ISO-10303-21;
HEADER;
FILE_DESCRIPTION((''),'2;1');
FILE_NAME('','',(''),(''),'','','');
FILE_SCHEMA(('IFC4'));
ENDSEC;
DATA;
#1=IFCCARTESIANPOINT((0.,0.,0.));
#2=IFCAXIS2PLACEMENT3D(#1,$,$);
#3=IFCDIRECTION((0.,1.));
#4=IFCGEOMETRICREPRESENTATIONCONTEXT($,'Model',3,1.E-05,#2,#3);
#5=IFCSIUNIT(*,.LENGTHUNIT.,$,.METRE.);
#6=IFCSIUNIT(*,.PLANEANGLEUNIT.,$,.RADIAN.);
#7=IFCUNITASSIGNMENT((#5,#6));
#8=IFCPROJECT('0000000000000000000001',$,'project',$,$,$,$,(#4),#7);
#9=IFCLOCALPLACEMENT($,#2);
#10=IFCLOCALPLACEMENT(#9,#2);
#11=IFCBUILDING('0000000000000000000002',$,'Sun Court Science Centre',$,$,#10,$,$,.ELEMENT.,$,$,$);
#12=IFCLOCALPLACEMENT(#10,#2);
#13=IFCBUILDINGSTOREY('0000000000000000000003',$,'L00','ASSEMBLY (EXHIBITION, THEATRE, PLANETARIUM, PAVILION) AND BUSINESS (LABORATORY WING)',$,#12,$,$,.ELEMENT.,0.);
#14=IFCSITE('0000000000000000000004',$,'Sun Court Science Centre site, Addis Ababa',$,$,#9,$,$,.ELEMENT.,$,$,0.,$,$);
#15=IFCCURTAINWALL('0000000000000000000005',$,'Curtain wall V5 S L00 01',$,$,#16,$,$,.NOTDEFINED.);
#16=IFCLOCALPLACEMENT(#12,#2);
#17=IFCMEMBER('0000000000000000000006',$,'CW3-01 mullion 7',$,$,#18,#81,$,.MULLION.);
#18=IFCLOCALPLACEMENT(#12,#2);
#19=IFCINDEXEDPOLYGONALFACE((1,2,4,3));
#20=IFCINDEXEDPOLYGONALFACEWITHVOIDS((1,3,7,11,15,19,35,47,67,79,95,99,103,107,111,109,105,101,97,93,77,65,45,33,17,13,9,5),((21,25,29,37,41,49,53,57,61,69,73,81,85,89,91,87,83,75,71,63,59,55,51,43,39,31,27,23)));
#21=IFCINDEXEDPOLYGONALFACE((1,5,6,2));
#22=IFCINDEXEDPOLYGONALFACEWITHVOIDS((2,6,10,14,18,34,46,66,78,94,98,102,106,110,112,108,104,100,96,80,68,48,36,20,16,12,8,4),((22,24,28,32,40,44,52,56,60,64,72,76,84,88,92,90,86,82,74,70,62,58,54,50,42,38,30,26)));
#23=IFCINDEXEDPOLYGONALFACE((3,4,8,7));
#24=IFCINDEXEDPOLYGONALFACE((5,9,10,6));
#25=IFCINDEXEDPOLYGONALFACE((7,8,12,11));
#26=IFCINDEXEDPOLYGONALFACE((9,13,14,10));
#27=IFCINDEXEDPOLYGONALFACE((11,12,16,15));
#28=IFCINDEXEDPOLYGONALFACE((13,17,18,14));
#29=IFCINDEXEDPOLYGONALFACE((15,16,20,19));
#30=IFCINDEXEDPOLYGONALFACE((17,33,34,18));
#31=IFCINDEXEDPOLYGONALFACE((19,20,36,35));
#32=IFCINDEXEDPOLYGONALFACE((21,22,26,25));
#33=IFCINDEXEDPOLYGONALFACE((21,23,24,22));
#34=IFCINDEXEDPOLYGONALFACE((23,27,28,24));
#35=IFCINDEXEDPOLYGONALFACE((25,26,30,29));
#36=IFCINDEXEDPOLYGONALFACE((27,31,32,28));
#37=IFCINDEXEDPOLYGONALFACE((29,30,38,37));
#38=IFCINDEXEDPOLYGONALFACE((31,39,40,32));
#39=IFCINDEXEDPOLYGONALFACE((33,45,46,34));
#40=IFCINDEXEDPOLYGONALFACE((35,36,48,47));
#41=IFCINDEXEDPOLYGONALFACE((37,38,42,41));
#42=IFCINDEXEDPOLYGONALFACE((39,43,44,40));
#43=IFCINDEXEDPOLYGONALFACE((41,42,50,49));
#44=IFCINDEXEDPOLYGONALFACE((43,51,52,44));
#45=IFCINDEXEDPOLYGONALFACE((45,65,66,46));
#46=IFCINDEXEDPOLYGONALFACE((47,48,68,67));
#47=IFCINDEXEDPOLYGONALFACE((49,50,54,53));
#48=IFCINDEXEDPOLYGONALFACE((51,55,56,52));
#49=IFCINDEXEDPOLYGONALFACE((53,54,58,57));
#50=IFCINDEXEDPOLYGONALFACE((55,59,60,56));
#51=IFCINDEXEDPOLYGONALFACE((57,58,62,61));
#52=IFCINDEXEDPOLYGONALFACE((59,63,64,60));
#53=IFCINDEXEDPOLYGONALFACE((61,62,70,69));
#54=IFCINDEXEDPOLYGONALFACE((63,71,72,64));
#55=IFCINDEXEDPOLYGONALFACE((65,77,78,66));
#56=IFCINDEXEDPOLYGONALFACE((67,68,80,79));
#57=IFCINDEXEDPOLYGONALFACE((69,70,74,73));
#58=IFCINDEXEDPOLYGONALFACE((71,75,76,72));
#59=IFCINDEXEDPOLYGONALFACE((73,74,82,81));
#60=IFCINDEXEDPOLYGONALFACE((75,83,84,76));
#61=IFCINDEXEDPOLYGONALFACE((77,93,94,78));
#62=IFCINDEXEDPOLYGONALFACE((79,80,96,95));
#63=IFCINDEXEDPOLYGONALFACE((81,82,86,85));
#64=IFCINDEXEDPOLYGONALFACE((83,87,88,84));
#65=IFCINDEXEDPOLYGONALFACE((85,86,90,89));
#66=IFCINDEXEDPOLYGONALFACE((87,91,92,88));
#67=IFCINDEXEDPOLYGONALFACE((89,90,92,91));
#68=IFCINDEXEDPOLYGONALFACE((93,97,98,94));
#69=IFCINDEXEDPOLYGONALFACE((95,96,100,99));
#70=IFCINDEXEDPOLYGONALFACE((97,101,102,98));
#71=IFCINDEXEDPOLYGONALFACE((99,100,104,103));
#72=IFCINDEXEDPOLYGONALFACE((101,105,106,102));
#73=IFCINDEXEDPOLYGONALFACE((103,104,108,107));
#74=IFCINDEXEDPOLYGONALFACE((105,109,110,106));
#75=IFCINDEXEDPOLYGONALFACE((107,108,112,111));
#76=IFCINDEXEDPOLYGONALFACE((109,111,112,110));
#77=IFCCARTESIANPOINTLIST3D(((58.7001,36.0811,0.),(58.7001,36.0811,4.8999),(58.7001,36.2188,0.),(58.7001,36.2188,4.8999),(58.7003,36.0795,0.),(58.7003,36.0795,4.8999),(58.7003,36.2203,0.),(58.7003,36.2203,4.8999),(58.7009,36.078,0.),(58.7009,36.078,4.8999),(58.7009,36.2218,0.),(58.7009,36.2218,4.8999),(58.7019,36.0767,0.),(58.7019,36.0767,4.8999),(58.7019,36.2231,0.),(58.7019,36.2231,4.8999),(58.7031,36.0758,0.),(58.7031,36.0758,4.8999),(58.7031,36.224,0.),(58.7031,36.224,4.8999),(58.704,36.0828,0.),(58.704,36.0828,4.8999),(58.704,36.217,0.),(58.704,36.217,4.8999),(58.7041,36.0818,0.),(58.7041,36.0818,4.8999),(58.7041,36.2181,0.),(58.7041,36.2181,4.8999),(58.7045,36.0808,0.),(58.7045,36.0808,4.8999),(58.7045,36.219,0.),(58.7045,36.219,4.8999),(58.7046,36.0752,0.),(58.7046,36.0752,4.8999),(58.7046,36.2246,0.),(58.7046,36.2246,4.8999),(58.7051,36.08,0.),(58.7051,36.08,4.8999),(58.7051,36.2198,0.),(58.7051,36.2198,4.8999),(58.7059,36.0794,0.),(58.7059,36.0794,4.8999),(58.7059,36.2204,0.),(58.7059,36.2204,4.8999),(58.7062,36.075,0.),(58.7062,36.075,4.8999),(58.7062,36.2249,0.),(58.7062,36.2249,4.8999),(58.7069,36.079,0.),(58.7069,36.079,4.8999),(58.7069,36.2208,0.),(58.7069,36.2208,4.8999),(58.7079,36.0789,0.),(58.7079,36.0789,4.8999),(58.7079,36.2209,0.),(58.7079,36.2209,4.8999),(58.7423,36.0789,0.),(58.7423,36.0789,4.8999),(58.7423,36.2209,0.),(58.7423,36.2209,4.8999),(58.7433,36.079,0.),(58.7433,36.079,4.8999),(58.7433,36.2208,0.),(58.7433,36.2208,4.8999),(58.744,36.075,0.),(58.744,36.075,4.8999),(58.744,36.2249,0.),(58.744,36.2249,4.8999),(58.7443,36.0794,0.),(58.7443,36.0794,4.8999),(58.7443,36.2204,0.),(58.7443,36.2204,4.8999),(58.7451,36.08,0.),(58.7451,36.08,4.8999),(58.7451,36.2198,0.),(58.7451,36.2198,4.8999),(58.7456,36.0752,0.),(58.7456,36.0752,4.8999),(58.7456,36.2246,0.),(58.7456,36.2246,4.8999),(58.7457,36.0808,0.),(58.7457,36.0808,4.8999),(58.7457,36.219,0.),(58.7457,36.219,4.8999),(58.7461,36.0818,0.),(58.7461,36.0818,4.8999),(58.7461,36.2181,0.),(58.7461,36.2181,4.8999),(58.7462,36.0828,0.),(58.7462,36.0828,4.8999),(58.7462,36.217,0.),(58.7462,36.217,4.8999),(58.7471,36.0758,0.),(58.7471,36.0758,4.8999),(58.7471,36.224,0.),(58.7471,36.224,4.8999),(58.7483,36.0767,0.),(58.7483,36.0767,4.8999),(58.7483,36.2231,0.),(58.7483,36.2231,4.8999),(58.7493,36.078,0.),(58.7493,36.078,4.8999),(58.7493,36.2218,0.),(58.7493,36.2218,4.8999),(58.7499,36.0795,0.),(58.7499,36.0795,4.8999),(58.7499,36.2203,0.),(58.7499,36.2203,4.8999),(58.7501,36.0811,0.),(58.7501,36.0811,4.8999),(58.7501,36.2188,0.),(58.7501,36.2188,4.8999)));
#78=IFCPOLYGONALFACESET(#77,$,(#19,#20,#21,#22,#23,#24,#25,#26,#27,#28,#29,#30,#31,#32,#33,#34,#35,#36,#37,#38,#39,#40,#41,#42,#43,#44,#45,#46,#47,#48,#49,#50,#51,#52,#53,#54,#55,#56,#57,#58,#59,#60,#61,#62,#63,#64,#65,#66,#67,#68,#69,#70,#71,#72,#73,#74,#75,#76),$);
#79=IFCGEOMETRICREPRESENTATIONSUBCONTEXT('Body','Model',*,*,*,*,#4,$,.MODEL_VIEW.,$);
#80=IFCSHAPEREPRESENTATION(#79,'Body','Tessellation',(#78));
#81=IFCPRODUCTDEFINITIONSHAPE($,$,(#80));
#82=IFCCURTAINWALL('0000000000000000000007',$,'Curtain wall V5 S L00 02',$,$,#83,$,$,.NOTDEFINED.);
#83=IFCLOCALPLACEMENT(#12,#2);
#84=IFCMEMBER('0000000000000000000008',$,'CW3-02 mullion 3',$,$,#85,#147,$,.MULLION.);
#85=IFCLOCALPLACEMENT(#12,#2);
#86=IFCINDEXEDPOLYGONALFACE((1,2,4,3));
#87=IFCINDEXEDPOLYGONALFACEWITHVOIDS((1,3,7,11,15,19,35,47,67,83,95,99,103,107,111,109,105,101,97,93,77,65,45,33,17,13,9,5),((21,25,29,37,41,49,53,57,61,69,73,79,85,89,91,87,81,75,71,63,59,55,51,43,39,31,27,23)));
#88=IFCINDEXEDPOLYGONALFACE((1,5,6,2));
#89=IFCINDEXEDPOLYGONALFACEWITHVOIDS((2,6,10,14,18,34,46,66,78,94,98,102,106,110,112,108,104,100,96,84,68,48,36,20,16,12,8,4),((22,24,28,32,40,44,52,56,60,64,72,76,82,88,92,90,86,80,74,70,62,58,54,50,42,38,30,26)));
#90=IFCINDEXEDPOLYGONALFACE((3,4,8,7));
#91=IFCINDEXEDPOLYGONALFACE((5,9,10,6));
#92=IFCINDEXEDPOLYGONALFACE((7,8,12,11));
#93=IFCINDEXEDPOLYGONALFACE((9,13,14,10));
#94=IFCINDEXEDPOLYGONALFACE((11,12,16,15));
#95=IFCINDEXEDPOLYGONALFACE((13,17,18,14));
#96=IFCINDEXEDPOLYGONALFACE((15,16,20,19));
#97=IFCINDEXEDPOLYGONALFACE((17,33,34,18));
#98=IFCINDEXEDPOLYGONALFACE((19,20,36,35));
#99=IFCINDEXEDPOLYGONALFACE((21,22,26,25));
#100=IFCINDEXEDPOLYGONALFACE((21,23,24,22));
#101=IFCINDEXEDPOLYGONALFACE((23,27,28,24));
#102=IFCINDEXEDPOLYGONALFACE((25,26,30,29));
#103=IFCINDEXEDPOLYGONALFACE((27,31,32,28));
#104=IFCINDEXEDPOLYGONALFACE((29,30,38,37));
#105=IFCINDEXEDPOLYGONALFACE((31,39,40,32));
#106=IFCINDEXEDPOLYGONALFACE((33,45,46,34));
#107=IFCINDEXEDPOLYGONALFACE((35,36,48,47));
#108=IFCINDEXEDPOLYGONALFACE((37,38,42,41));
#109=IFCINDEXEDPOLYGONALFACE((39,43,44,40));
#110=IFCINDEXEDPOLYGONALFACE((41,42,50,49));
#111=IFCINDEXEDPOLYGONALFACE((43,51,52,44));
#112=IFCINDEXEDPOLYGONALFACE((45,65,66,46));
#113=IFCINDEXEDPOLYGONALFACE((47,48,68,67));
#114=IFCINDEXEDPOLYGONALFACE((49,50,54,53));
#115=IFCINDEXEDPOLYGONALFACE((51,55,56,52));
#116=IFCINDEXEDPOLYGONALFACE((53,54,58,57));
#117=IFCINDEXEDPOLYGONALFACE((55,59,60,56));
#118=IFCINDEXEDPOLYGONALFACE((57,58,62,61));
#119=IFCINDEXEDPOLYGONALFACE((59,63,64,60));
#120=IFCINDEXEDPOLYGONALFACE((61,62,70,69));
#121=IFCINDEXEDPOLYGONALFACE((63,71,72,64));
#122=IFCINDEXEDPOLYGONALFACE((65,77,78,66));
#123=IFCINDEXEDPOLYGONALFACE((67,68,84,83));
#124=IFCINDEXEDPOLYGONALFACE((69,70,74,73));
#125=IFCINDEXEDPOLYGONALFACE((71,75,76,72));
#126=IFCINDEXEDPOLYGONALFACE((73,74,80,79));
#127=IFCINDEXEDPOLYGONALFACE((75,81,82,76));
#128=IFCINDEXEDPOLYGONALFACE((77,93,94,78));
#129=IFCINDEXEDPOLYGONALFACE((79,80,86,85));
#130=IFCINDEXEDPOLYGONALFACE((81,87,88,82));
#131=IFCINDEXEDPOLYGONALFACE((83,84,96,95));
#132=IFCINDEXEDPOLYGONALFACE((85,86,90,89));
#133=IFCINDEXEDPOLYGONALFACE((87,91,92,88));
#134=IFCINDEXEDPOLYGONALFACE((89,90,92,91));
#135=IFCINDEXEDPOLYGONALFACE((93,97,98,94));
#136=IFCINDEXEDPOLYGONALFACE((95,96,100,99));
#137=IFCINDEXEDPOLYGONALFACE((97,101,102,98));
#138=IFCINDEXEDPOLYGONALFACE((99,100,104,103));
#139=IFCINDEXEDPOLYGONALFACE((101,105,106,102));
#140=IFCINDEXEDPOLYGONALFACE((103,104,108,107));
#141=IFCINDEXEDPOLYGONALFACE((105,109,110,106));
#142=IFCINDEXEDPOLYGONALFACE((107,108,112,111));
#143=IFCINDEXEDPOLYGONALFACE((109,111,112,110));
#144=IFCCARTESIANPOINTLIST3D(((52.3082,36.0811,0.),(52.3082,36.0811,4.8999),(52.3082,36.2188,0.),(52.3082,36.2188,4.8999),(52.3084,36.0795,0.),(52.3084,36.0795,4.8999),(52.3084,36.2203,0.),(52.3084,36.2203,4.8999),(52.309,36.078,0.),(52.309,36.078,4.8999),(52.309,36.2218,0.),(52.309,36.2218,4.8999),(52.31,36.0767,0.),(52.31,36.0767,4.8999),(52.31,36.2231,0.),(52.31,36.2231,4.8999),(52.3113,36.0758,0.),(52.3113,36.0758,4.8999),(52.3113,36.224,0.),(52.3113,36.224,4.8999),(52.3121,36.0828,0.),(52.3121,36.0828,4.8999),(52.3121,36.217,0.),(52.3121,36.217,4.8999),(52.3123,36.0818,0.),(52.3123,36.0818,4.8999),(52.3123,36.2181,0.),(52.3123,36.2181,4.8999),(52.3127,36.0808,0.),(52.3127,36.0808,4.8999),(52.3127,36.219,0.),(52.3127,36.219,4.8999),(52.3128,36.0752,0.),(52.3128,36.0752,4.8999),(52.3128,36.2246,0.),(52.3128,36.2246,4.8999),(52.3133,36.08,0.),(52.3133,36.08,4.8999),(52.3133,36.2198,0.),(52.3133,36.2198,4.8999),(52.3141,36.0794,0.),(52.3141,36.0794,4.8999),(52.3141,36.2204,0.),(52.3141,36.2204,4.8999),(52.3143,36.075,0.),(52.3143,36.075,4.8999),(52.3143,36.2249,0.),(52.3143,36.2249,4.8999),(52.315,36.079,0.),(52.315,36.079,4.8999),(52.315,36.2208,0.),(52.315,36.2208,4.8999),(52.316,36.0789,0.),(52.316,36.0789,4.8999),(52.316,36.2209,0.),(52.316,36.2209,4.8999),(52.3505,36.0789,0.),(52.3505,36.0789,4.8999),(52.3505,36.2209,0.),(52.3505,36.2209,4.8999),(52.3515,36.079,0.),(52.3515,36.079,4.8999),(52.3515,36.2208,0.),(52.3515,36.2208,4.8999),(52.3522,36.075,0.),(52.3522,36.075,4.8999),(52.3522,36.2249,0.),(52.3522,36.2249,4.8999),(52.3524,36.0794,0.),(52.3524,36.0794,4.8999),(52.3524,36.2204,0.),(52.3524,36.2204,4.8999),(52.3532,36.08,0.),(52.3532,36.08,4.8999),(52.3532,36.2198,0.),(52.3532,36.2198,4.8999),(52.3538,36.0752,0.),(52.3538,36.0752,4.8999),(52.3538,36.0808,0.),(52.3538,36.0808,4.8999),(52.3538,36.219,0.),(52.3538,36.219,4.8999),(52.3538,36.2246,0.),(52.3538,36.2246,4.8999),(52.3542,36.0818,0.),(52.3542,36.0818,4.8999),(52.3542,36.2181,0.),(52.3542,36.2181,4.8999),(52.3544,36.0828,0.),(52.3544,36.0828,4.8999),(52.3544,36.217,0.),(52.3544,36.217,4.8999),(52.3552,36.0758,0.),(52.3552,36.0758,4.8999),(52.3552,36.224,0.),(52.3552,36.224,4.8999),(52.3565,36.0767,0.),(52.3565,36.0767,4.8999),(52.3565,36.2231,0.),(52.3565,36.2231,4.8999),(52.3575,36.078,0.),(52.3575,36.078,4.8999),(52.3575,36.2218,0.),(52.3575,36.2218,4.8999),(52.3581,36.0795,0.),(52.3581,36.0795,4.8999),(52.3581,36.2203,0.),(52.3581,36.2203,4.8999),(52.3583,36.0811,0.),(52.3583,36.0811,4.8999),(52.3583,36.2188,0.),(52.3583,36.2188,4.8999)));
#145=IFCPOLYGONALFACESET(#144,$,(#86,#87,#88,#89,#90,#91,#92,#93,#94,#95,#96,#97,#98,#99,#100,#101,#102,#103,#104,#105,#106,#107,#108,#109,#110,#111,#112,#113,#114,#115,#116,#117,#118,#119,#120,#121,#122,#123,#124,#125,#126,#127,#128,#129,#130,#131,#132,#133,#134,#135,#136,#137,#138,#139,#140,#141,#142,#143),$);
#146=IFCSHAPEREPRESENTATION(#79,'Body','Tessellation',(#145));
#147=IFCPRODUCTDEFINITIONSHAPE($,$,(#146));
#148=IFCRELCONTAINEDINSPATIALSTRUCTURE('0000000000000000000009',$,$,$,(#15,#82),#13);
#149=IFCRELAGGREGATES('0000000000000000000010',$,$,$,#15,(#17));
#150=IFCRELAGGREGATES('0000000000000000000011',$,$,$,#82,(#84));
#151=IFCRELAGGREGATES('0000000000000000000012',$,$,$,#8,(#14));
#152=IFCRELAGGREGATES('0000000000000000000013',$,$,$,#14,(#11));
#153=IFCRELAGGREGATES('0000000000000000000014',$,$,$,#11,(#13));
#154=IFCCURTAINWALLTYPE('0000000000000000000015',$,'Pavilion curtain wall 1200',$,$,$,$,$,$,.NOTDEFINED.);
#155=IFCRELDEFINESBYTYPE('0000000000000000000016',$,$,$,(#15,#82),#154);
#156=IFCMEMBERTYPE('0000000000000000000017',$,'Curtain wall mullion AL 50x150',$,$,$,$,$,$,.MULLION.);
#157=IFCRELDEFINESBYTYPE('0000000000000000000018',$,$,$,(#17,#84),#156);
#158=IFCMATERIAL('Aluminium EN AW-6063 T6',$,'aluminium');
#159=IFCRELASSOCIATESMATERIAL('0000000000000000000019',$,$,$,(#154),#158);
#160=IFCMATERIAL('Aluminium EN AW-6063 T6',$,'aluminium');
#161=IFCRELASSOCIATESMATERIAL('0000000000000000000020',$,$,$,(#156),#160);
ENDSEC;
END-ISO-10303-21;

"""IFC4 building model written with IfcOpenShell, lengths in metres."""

from ifc_helpers import new_model, si_unit, direction, frame, origin, origin_2d, place, context, subcontext, project, spatial, hollow_rectangle, extrude, material, material_profile, profile_set, type_object, element, aggregate, save


model = new_model("IFC4")

# Units and contexts
model_context = context("Model", 3, precision=1e-05, world=origin(), true_north=direction((0.0, 1.0)))
body_context = subcontext(model_context, "Body", "Model", "MODEL_VIEW")
ifc_project = project(units=[si_unit("LENGTHUNIT", "METRE"), si_unit("PLANEANGLEUNIT", "RADIAN")], contexts=[model_context])

# Site, building, storey
site_placement = place(None, origin())
site = spatial("IfcSite", under=ifc_project, at=site_placement, Name="Sun Court Science Centre site, Addis Ababa", CompositionType="ELEMENT", RefElevation=0.0)
building_placement = place(site_placement, origin())
building = spatial("IfcBuilding", under=site, at=building_placement, Name="Sun Court Science Centre", CompositionType="ELEMENT")
storey_placement = place(building_placement, origin())
storey = spatial("IfcBuildingStorey", under=building, at=storey_placement, Name="L00", Description="ASSEMBLY (EXHIBITION, THEATRE, PLANETARIUM, PAVILION) AND BUSINESS (LABORATORY WING)", CompositionType="ELEMENT", Elevation=0.0)

# Curtain wall, member
ifc_material_1 = material(Name="Aluminium EN AW-6063 T6", Category="aluminium")
curtain_wall_type = type_object("IfcCurtainWallType", Name="Pavilion curtain wall 1200", PredefinedType="NOTDEFINED", material=ifc_material_1)
curtain_wall_1_placement = place(storey_placement, origin())
curtain_wall_1 = element("IfcCurtainWall", 1, at=curtain_wall_1_placement, inside=storey, type_object=curtain_wall_type, Name="Curtain wall V5 S L00 01", PredefinedType="NOTDEFINED")
ifc_material_2 = material(Name="Aluminium EN AW-6063 T6", Category="aluminium")
ifc_material_profile_1 = material_profile(ifc_material_2, hollow_rectangle(XDim=0.05, YDim=0.1499, WallThickness=0.0039, InnerFilletRadius=0.0039, OuterFilletRadius=0.0061, at=origin_2d()), Name="AL 50x150x4")
ifc_profile_set_1 = profile_set([ifc_material_profile_1], Name="Aluminium EN AW-6063 T6")
member_type_1 = type_object("IfcMemberType", Name="Curtain wall mullion AL 50x150", PredefinedType="MULLION", material=ifc_profile_set_1)
member_1_placement = place(storey_placement, frame((58.7251, 36.1499, 0.0), z_axis=(0.0, 0.0, 1.0), x_axis=(-1.0, 0.0, 0.0)))
member_1 = element("IfcMember", 2, at=member_1_placement, type_object=member_type_1, Name="CW3-01 mullion 7", PredefinedType="MULLION", context=body_context, shape_type="SweptSolid", body=[
    extrude(hollow_rectangle(XDim=0.05, YDim=0.1499, WallThickness=0.0039, InnerFilletRadius=0.0039, OuterFilletRadius=0.0061, at=origin_2d()), origin(), (0.0, 0.0, 1.0), 4.8999),
])

# Curtain wall, member
curtain_wall_2_placement = place(storey_placement, origin())
curtain_wall_2 = element("IfcCurtainWall", 3, at=curtain_wall_2_placement, inside=storey, type_object=curtain_wall_type, Name="Curtain wall V5 S L00 02", PredefinedType="NOTDEFINED")
member_2_placement = place(storey_placement, frame((52.3333, 36.1499, 0.0), z_axis=(0.0, 0.0, 1.0), x_axis=(-1.0, 0.0, 0.0)))
member_2 = element("IfcMember", 4, at=member_2_placement, type_object=member_type_1, Name="CW3-02 mullion 3", PredefinedType="MULLION", context=body_context, shape_type="SweptSolid", body=[
    extrude(hollow_rectangle(XDim=0.05, YDim=0.1499, WallThickness=0.0039, InnerFilletRadius=0.0039, OuterFilletRadius=0.0061, at=origin_2d()), origin(), (0.0, 0.0, 1.0), 4.8999),
])

aggregate(curtain_wall_1, [member_1])
aggregate(curtain_wall_2, [member_2])

save(model, "model.ifc")
